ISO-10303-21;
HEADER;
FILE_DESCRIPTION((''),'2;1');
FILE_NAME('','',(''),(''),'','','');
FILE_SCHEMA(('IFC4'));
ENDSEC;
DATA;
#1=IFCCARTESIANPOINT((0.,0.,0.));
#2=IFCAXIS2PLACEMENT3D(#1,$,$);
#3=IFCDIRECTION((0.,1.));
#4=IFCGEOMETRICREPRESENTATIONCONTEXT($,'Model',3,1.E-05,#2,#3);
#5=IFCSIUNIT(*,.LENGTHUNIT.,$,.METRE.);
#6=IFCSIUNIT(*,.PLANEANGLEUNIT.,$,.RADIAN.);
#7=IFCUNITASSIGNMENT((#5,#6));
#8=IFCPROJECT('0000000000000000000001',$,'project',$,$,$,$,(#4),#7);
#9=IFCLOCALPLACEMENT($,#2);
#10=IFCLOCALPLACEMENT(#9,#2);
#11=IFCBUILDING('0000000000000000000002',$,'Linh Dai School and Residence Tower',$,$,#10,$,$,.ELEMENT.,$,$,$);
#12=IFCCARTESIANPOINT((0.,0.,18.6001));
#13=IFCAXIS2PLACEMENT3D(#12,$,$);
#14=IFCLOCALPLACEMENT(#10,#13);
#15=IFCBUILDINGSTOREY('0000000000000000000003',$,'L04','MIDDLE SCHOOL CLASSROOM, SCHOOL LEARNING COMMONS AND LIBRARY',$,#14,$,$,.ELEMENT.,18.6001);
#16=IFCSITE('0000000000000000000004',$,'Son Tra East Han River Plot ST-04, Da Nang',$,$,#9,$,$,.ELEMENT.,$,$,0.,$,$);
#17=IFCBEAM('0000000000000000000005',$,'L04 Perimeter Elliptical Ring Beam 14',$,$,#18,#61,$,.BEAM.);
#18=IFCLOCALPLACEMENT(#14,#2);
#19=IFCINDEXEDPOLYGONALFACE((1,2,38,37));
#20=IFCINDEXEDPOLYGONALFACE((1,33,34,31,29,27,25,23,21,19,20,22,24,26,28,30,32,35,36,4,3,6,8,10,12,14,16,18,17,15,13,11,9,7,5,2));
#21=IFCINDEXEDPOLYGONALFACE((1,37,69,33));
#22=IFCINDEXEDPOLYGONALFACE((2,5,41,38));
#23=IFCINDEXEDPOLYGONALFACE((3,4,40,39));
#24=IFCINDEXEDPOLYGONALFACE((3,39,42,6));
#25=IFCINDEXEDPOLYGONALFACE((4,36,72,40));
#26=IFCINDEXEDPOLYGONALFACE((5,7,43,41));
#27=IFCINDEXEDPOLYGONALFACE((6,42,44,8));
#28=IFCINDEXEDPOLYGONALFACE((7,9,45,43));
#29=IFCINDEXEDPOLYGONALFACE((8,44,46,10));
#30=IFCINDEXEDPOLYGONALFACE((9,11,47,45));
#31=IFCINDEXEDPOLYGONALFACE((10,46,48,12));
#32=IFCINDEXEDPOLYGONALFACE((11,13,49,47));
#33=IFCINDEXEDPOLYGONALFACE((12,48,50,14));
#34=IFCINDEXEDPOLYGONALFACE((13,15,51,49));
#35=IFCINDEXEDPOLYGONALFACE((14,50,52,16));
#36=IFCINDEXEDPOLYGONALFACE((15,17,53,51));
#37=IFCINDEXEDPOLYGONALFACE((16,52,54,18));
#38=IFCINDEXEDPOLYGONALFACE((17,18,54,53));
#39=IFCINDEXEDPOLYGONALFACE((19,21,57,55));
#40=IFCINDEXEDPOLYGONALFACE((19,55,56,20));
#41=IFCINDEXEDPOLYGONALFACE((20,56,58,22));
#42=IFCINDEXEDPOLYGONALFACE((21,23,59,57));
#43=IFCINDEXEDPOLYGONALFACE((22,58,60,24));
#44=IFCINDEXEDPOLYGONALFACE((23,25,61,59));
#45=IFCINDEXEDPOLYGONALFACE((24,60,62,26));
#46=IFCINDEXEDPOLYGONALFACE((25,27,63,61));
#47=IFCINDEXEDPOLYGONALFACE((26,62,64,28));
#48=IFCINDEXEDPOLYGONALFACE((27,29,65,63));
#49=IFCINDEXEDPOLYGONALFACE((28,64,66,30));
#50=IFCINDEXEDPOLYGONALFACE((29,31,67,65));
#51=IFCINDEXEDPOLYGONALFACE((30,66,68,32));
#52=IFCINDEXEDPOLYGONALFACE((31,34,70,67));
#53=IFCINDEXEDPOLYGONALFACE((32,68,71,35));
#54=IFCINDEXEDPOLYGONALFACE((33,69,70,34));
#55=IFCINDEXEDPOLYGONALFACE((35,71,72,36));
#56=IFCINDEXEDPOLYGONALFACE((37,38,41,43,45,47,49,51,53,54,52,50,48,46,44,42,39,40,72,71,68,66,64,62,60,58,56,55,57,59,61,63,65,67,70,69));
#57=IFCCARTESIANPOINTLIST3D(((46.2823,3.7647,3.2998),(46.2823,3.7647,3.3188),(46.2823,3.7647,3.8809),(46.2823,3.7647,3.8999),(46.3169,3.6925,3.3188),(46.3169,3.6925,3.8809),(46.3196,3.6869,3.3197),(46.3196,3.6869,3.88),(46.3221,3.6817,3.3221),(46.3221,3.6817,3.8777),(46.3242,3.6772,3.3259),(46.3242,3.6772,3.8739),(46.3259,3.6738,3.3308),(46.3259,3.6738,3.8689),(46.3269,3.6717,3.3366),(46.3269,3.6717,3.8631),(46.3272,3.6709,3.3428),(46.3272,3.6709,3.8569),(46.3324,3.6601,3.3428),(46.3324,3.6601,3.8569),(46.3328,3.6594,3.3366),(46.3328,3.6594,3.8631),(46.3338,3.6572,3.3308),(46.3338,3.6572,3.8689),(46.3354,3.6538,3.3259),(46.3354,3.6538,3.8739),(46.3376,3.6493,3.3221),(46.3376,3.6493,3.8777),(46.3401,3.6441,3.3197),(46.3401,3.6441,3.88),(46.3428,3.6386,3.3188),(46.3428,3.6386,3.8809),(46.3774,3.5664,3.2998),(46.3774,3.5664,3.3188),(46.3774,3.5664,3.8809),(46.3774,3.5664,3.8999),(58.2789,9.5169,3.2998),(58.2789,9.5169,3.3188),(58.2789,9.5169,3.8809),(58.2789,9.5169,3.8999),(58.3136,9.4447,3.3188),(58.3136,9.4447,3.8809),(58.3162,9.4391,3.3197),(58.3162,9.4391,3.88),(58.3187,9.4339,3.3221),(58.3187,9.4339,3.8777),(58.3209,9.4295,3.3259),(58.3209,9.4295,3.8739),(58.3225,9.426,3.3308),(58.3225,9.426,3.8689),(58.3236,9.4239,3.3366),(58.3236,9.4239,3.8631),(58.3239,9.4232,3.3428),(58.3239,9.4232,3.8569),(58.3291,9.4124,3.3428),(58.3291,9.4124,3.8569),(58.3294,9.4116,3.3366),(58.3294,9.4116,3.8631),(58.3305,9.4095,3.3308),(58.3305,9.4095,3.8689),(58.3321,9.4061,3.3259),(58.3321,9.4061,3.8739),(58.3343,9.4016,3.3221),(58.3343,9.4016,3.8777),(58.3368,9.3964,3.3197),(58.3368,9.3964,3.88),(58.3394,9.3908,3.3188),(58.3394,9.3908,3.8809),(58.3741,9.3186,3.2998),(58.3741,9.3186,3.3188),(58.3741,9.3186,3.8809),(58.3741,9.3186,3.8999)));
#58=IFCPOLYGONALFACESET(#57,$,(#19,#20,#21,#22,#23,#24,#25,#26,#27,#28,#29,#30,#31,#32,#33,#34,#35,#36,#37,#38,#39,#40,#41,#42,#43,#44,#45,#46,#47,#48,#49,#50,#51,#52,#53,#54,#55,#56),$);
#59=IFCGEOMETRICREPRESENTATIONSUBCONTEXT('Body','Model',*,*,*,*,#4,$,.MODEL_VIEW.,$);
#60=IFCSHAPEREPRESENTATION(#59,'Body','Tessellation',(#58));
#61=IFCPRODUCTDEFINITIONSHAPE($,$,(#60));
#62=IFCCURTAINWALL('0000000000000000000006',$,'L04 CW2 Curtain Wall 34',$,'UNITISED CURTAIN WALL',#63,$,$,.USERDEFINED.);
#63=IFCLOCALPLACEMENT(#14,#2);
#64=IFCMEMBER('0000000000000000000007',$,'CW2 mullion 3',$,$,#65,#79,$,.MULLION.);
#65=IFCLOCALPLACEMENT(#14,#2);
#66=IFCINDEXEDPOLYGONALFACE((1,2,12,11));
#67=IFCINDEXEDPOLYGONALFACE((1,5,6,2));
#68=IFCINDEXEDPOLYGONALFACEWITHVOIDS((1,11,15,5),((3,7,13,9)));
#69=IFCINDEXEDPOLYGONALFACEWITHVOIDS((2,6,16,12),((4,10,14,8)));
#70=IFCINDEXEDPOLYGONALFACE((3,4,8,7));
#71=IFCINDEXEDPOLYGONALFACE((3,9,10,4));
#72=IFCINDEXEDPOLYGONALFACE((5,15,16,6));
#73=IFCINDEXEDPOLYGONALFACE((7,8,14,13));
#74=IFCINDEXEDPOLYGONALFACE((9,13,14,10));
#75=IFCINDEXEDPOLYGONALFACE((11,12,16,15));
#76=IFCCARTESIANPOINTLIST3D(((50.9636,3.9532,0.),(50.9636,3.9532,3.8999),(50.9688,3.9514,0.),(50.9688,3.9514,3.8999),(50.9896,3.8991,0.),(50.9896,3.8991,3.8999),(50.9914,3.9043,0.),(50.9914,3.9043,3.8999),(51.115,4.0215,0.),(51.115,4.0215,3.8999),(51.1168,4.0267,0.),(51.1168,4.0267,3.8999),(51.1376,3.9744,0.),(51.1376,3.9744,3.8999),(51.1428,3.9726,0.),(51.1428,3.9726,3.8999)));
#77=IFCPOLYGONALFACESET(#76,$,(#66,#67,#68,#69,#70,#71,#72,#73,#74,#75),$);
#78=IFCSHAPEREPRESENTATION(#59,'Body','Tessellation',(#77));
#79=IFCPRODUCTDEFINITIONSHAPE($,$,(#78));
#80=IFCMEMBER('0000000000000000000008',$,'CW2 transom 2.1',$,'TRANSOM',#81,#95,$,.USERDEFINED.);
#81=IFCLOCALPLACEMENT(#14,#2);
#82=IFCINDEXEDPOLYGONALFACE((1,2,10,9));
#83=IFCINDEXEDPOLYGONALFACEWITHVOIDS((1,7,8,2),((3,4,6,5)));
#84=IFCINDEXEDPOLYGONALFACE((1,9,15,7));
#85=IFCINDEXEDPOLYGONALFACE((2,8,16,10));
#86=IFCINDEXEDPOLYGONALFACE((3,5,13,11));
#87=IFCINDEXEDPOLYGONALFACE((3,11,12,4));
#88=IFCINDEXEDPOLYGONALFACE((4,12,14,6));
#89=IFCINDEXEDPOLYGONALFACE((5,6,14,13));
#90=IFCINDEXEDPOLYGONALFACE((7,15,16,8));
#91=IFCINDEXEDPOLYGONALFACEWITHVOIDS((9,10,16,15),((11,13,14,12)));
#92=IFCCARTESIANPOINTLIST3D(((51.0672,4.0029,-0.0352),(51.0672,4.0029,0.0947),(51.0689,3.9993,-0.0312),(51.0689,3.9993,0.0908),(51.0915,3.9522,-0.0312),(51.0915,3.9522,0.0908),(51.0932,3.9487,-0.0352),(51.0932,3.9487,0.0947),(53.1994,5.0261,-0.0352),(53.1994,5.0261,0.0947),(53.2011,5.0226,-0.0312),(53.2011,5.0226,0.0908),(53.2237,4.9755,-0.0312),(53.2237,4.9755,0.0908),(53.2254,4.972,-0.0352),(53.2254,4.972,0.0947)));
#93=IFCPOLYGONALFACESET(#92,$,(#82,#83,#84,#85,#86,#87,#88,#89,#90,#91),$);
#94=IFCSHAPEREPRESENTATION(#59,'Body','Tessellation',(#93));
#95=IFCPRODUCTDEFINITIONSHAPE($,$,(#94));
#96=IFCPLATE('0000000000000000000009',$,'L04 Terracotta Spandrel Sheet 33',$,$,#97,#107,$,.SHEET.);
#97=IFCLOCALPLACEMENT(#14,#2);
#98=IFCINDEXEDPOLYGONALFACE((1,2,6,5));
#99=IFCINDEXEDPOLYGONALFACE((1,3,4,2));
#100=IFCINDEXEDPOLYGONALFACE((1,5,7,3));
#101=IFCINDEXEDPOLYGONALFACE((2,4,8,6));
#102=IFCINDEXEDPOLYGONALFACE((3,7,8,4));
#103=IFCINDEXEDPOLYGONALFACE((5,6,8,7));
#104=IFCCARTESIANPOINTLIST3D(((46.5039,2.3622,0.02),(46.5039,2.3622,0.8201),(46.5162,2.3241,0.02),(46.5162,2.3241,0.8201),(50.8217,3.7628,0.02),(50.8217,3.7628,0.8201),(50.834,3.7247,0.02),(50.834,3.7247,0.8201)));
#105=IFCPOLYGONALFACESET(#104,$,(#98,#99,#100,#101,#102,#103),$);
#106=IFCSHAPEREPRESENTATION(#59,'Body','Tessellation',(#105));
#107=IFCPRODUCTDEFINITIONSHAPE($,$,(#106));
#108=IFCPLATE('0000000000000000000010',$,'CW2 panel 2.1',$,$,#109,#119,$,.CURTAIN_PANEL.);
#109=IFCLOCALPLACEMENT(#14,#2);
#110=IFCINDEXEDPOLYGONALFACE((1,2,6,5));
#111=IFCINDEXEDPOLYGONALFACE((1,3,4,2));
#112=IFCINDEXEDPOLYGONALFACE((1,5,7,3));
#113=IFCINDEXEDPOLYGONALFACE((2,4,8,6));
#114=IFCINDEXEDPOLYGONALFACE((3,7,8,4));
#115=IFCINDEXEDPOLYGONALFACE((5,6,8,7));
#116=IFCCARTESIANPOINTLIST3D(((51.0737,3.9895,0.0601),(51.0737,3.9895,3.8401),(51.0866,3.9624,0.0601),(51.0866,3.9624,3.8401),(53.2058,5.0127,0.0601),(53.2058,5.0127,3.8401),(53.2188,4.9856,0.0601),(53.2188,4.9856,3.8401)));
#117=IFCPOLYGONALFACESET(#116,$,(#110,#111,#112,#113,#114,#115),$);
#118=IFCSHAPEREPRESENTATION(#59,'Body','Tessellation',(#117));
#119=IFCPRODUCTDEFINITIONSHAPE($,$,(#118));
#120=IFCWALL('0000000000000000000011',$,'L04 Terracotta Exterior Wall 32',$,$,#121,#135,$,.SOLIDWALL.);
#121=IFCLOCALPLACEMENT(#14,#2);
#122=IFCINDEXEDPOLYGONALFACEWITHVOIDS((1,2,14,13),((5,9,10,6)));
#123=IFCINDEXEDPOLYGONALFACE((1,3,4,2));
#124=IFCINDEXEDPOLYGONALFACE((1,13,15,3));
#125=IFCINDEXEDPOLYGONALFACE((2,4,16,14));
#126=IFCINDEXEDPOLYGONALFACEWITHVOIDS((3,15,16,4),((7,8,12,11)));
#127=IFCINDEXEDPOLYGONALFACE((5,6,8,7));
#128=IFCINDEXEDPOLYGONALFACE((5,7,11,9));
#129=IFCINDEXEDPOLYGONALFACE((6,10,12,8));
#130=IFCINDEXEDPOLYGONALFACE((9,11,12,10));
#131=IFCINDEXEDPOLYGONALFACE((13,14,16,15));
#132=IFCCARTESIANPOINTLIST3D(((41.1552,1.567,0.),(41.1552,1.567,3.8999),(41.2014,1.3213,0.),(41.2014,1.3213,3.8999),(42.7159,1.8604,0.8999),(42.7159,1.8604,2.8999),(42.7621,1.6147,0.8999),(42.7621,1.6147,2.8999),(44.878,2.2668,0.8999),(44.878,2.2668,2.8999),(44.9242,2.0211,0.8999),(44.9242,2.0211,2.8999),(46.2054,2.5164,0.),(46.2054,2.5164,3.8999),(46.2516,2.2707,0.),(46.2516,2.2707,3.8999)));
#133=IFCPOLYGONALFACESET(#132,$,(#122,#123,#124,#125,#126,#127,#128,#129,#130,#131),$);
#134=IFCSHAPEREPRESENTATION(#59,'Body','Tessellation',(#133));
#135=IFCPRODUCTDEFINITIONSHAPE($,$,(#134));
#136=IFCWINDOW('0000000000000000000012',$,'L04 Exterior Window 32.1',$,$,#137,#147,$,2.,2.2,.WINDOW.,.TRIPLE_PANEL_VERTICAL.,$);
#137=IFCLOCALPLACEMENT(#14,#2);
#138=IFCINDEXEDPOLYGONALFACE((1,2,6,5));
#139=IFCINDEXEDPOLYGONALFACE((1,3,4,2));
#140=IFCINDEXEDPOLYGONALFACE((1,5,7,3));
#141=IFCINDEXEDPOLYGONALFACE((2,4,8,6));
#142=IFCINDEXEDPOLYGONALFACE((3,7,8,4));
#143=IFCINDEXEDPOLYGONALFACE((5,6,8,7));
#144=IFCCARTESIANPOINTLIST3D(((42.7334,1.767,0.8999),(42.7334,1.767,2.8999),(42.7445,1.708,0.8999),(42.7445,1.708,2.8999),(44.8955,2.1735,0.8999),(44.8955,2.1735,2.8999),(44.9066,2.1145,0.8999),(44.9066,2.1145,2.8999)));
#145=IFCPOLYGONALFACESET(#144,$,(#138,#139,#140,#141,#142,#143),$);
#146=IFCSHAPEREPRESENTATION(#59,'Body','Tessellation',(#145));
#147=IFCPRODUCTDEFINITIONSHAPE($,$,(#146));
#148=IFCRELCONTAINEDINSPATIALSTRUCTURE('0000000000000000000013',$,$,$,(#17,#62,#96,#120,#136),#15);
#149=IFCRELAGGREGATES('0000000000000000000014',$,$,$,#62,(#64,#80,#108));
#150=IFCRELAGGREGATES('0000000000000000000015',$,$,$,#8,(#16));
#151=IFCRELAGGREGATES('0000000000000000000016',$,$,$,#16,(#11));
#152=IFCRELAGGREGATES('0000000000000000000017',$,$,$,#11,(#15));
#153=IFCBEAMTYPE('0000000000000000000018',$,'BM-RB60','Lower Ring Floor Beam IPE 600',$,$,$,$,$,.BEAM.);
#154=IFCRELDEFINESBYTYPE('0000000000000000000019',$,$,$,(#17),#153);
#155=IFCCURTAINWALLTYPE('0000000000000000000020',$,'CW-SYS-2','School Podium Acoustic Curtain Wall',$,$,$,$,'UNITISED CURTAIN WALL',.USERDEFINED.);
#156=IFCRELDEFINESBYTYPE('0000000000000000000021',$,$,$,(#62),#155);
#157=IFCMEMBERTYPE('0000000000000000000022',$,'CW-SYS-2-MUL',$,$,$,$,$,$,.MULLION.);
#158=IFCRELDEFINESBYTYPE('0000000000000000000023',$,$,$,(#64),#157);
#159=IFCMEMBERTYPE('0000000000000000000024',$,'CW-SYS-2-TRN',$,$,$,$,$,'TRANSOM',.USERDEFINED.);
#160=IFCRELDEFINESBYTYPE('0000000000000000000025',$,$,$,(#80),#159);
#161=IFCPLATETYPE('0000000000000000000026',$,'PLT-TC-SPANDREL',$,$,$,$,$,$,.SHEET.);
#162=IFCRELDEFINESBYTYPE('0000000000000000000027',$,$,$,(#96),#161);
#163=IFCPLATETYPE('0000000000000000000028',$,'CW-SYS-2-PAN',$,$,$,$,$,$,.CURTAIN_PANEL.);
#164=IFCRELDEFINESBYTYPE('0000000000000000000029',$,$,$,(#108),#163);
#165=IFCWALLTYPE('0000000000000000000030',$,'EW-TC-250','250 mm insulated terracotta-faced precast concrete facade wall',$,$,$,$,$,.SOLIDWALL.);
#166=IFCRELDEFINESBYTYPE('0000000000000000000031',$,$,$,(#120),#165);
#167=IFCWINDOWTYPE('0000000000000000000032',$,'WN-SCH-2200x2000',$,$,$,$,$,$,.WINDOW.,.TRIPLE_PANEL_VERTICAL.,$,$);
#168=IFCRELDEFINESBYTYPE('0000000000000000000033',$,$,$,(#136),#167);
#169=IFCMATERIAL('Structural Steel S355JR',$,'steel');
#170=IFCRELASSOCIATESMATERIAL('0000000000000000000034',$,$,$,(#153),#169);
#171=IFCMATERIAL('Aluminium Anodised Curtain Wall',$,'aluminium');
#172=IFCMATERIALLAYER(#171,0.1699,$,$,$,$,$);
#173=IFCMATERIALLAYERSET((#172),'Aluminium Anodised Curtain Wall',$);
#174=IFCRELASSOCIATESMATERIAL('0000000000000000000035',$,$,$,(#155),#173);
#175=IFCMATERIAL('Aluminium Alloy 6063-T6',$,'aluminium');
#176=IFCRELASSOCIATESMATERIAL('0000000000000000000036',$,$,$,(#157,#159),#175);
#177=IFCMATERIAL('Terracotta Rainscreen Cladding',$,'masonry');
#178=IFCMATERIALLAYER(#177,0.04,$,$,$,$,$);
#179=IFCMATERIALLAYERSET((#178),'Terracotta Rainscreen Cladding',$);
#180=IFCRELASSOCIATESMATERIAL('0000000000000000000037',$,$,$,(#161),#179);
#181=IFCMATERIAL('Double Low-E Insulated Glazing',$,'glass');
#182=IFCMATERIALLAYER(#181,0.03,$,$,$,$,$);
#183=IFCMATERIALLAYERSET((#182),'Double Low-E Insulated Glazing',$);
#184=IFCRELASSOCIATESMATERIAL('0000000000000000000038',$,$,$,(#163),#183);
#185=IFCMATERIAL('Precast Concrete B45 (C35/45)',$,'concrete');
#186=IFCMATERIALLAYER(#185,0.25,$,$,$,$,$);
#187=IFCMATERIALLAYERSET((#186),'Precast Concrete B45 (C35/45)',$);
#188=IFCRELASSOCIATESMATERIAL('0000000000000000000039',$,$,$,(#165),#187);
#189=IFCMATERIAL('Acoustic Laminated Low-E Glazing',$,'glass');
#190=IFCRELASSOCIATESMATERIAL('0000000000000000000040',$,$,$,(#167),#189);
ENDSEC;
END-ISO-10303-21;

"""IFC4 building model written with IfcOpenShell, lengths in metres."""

from ifc_helpers import new_model, si_unit, direction, frame, frame_2d, origin, origin_2d, place, context, subcontext, project, spatial, rectangle, hollow_rectangle, i_section, extrude, source, transform, mapped, material, layer, layer_set, material_profile, profile_set, type_object, element, fill, aggregate, save


model = new_model("IFC4")

# Units and contexts
model_context = context("Model", 3, precision=1e-05, world=origin(), true_north=direction((0.0, 1.0)))
body_context = subcontext(model_context, "Body", "Model", "MODEL_VIEW")
ifc_project = project(units=[si_unit("LENGTHUNIT", "METRE"), si_unit("PLANEANGLEUNIT", "RADIAN")], contexts=[model_context])

# Site, building, storey
site_placement = place(None, origin())
site = spatial("IfcSite", under=ifc_project, at=site_placement, Name="Son Tra East Han River Plot ST-04, Da Nang", CompositionType="ELEMENT", RefElevation=0.0)
building_placement = place(site_placement, origin())
building = spatial("IfcBuilding", under=site, at=building_placement, Name="Linh Dai School and Residence Tower", CompositionType="ELEMENT")
storey_placement = place(building_placement, frame((0.0, 0.0, 18.6001)))
storey = spatial("IfcBuildingStorey", under=building, at=storey_placement, Name="L04", Description="MIDDLE SCHOOL CLASSROOM, SCHOOL LEARNING COMMONS AND LIBRARY", CompositionType="ELEMENT", Elevation=18.6001)

# Beam
ifc_material_1 = material(Name="Structural Steel S355JR", Category="steel")
ifc_material_profile_1 = material_profile(ifc_material_1, i_section(OverallWidth=0.22, OverallDepth=0.6001, WebThickness=0.012, FlangeThickness=0.019, FilletRadius=0.0239, at=origin_2d()), Name="IPE 600")
ifc_profile_set_1 = profile_set([ifc_material_profile_1], Name="Structural Steel S355JR")
beam_type = type_object("IfcBeamType", Name="BM-RB60", Description="Lower Ring Floor Beam IPE 600", PredefinedType="BEAM", material=ifc_profile_set_1)
beam_placement = place(storey_placement, frame((46.3298, 3.6655, 3.5999), z_axis=(0.901704, 0.432355, 0.0), x_axis=(-0.432355, 0.901704, 0.0)))
element("IfcBeam", 1, at=beam_placement, inside=storey, type_object=beam_type, Name="L04 Perimeter Elliptical Ring Beam 14", PredefinedType="BEAM", context=body_context, shape_type="SweptSolid", body=[
    extrude(i_section(OverallWidth=0.22, OverallDepth=0.6001, WebThickness=0.012, FlangeThickness=0.019, FilletRadius=0.0239, at=origin_2d()), origin(), (0.0, 0.0, 1.0), 13.3044),
])

# Curtain wall, members
ifc_material_2 = material(Name="Aluminium Anodised Curtain Wall", Category="aluminium")
ifc_layer_1 = layer(ifc_material_2, 0.1699)
ifc_layer_set_1 = layer_set([ifc_layer_1], Name="Aluminium Anodised Curtain Wall")
curtain_wall_type = type_object("IfcCurtainWallType", Name="CW-SYS-2", Description="School Podium Acoustic Curtain Wall", ElementType="UNITISED CURTAIN WALL", PredefinedType="USERDEFINED", material=ifc_layer_set_1)
curtain_wall_placement = place(storey_placement, origin())
curtain_wall = element("IfcCurtainWall", 2, at=curtain_wall_placement, inside=storey, type_object=curtain_wall_type, Name="L04 CW2 Curtain Wall 34", ObjectType="UNITISED CURTAIN WALL", PredefinedType="USERDEFINED")
ifc_material_3 = material(Name="Aluminium Alloy 6063-T6", Category="aluminium")
ifc_material_profile_2 = material_profile(ifc_material_3, hollow_rectangle(XDim=0.0601, YDim=0.1699, WallThickness=0.0039, at=origin_2d()), Name="RHS 170x60x4")
ifc_profile_set_2 = profile_set([ifc_material_profile_2], Name="Aluminium Alloy 6063-T6")
member_type_1 = type_object("IfcMemberType", Name="CW-SYS-2-MUL", PredefinedType="MULLION", material=ifc_profile_set_2)
shared_shape_1 = source(origin(), body_context, "Body", "SweptSolid", [
    extrude(hollow_rectangle(XDim=0.0601, YDim=0.1699, WallThickness=0.0039, at=origin_2d()), origin(), (0.0, 0.0, 1.0), 3.8999),
])
member_1_placement = place(storey_placement, frame((51.0532, 3.9629, 0.0), z_axis=(0.0, 0.0, 1.0), x_axis=(0.432657, -0.901558, 0.0)))
member_1 = element("IfcMember", 3, at=member_1_placement, type_object=member_type_1, Name="CW2 mullion 3", PredefinedType="MULLION", context=body_context, shape_type="MappedRepresentation", body=[
    mapped(shared_shape_1, transform((0.0, 0.0, 0.0), x_axis=(1.0, 0.0, 0.0), y_axis=(0.0, 1.0, 0.0), z_axis=(0.0, 0.0, 1.0), scale=1.0)),
])
ifc_material_profile_3 = material_profile(ifc_material_3, hollow_rectangle(XDim=0.0601, YDim=0.1299, WallThickness=0.0039, at=origin_2d()), Name="RHS 130x60x4")
ifc_profile_set_3 = profile_set([ifc_material_profile_3], Name="Aluminium Alloy 6063-T6")
member_type_2 = type_object("IfcMemberType", Name="CW-SYS-2-TRN", ElementType="TRANSOM", PredefinedType="USERDEFINED", material=ifc_profile_set_3)
shared_shape_2 = source(origin(), body_context, "Body", "SweptSolid", [
    extrude(hollow_rectangle(XDim=0.0601, YDim=0.1299, WallThickness=0.0039, at=origin_2d()), origin(), (0.0, 0.0, 1.0), 2.365),
])
member_2_placement = place(storey_placement, frame((53.2124, 4.999, 0.0298), z_axis=(-0.901557, -0.432661, 0.0), x_axis=(0.432661, -0.901557, 0.0)))
member_2 = element("IfcMember", 4, at=member_2_placement, type_object=member_type_2, Name="CW2 transom 2.1", ObjectType="TRANSOM", PredefinedType="USERDEFINED", context=body_context, shape_type="MappedRepresentation", body=[
    mapped(shared_shape_2, transform((0.0, 0.0, 0.0), x_axis=(1.0, 0.0, 0.0), y_axis=(0.0, 1.0, 0.0), z_axis=(0.0, 0.0, 1.0), scale=1.0)),
])

# Plates
ifc_material_4 = material(Name="Terracotta Rainscreen Cladding", Category="masonry")
ifc_layer_2 = layer(ifc_material_4, 0.04)
ifc_layer_set_2 = layer_set([ifc_layer_2], Name="Terracotta Rainscreen Cladding")
plate_type_1 = type_object("IfcPlateType", Name="PLT-TC-SPANDREL", PredefinedType="SHEET", material=ifc_layer_set_2)
shared_shape_3 = source(origin(), body_context, "Body", "SweptSolid", [
    extrude(rectangle(XDim=4.5393, YDim=0.04, at=origin_2d()), origin(), (0.0, 0.0, 1.0), 0.8),
])
plate_1_placement = place(storey_placement, frame((48.6689, 3.0435, 0.02), z_axis=(0.0, 0.0, 1.0), x_axis=(-0.951207, -0.308554, 0.0)))
element("IfcPlate", 5, at=plate_1_placement, inside=storey, type_object=plate_type_1, Name="L04 Terracotta Spandrel Sheet 33", PredefinedType="SHEET", context=body_context, shape_type="MappedRepresentation", body=[
    mapped(shared_shape_3, transform((0.0, 0.0, 0.0), x_axis=(1.0, 0.0, 0.0), y_axis=(0.0, 1.0, 0.0), z_axis=(0.0, 0.0, 1.0), scale=1.0)),
])
ifc_material_5 = material(Name="Double Low-E Insulated Glazing", Category="glass")
ifc_layer_3 = layer(ifc_material_5, 0.03)
ifc_layer_set_3 = layer_set([ifc_layer_3], Name="Double Low-E Insulated Glazing")
plate_type_2 = type_object("IfcPlateType", Name="CW-SYS-2-PAN", PredefinedType="CURTAIN_PANEL", material=ifc_layer_set_3)
shared_shape_4 = source(origin(), body_context, "Body", "SweptSolid", [
    extrude(rectangle(XDim=2.365, YDim=0.03, at=origin_2d()), origin(), (0.0, 0.0, 1.0), 3.78),
])
plate_2_placement = place(storey_placement, frame((52.1462, 4.4875, 0.0601), z_axis=(0.0, 0.0, 1.0), x_axis=(-0.901558, -0.432657, 0.0)))
plate_2 = element("IfcPlate", 6, at=plate_2_placement, type_object=plate_type_2, Name="CW2 panel 2.1", PredefinedType="CURTAIN_PANEL", context=body_context, shape_type="MappedRepresentation", body=[
    mapped(shared_shape_4, transform((0.0, 0.0, 0.0), x_axis=(1.0, 0.0, 0.0), y_axis=(0.0, 1.0, 0.0), z_axis=(0.0, 0.0, 1.0), scale=1.0)),
])
aggregate(curtain_wall, [member_1, member_2, plate_2])

# Wall, opening, window
ifc_material_6 = material(Name="Precast Concrete B45 (C35/45)", Category="concrete")
ifc_layer_4 = layer(ifc_material_6, 0.25)
ifc_layer_set_4 = layer_set([ifc_layer_4], Name="Precast Concrete B45 (C35/45)")
wall_type_1 = type_object("IfcWallType", Name="EW-TC-250", Description="250 mm insulated terracotta-faced precast concrete facade wall", PredefinedType="SOLIDWALL", material=ifc_layer_set_4)
wall_1_placement = place(storey_placement, frame((46.2285, 2.3936, 0.0), z_axis=(0.0, 0.0, 1.0), x_axis=(-0.982783, -0.184765, 0.0)))
wall_1 = element("IfcWall", 7, at=wall_1_placement, inside=storey, type_object=wall_type_1, Name="L04 Terracotta Exterior Wall 32", PredefinedType="SOLIDWALL", context=body_context, shape_type="SweptSolid", body=[
    extrude(rectangle(XDim=5.1387, YDim=0.25, at=frame_2d((2.5693, 0.0))), origin(), (0.0, 0.0, 1.0), 3.8999),
])
opening_1_placement = place(wall_1_placement, frame((1.3506, 0.0, 0.8999)))
opening_1 = element("IfcOpeningElement", 8, at=opening_1_placement, cuts=wall_1, PredefinedType="OPENING", context=body_context, shape_type="SweptSolid", body=[
    extrude(rectangle(XDim=2.2, YDim=2.0, at=origin_2d()), frame((1.1001, 0.135, 1.0), z_axis=(0.0, -1.0, 0.0), x_axis=(1.0, 0.0, 0.0)), (0.0, 0.0, 1.0), 0.27),
])
ifc_material_7 = material(Name="Acoustic Laminated Low-E Glazing", Category="glass")
window_type_1 = type_object("IfcWindowType", Name="WN-SCH-2200x2000", PartitioningType="TRIPLE_PANEL_VERTICAL", PredefinedType="WINDOW", material=ifc_material_7)
shared_shape_5 = source(origin(), body_context, "Body", "SweptSolid", [
    extrude(rectangle(XDim=2.2, YDim=2.0, at=origin_2d()), frame((1.1001, 0.03, 1.0), z_axis=(0.0, -1.0, 0.0), x_axis=(1.0, 0.0, 0.0)), (0.0, 0.0, 1.0), 0.0601),
])
window_1_placement = place(opening_1_placement, origin())
window_1 = element("IfcWindow", 9, at=window_1_placement, inside=storey, type_object=window_type_1, Name="L04 Exterior Window 32.1", OverallHeight=2.0, OverallWidth=2.2, PartitioningType="TRIPLE_PANEL_VERTICAL", PredefinedType="WINDOW", context=body_context, shape_type="MappedRepresentation", body=[
    mapped(shared_shape_5, transform((0.0, 0.0, 0.0), x_axis=(1.0, 0.0, 0.0), y_axis=(0.0, 1.0, 0.0), z_axis=(0.0, 0.0, 1.0), scale=1.0)),
])
fill(opening_1, window_1)

save(model, "model.ifc")
